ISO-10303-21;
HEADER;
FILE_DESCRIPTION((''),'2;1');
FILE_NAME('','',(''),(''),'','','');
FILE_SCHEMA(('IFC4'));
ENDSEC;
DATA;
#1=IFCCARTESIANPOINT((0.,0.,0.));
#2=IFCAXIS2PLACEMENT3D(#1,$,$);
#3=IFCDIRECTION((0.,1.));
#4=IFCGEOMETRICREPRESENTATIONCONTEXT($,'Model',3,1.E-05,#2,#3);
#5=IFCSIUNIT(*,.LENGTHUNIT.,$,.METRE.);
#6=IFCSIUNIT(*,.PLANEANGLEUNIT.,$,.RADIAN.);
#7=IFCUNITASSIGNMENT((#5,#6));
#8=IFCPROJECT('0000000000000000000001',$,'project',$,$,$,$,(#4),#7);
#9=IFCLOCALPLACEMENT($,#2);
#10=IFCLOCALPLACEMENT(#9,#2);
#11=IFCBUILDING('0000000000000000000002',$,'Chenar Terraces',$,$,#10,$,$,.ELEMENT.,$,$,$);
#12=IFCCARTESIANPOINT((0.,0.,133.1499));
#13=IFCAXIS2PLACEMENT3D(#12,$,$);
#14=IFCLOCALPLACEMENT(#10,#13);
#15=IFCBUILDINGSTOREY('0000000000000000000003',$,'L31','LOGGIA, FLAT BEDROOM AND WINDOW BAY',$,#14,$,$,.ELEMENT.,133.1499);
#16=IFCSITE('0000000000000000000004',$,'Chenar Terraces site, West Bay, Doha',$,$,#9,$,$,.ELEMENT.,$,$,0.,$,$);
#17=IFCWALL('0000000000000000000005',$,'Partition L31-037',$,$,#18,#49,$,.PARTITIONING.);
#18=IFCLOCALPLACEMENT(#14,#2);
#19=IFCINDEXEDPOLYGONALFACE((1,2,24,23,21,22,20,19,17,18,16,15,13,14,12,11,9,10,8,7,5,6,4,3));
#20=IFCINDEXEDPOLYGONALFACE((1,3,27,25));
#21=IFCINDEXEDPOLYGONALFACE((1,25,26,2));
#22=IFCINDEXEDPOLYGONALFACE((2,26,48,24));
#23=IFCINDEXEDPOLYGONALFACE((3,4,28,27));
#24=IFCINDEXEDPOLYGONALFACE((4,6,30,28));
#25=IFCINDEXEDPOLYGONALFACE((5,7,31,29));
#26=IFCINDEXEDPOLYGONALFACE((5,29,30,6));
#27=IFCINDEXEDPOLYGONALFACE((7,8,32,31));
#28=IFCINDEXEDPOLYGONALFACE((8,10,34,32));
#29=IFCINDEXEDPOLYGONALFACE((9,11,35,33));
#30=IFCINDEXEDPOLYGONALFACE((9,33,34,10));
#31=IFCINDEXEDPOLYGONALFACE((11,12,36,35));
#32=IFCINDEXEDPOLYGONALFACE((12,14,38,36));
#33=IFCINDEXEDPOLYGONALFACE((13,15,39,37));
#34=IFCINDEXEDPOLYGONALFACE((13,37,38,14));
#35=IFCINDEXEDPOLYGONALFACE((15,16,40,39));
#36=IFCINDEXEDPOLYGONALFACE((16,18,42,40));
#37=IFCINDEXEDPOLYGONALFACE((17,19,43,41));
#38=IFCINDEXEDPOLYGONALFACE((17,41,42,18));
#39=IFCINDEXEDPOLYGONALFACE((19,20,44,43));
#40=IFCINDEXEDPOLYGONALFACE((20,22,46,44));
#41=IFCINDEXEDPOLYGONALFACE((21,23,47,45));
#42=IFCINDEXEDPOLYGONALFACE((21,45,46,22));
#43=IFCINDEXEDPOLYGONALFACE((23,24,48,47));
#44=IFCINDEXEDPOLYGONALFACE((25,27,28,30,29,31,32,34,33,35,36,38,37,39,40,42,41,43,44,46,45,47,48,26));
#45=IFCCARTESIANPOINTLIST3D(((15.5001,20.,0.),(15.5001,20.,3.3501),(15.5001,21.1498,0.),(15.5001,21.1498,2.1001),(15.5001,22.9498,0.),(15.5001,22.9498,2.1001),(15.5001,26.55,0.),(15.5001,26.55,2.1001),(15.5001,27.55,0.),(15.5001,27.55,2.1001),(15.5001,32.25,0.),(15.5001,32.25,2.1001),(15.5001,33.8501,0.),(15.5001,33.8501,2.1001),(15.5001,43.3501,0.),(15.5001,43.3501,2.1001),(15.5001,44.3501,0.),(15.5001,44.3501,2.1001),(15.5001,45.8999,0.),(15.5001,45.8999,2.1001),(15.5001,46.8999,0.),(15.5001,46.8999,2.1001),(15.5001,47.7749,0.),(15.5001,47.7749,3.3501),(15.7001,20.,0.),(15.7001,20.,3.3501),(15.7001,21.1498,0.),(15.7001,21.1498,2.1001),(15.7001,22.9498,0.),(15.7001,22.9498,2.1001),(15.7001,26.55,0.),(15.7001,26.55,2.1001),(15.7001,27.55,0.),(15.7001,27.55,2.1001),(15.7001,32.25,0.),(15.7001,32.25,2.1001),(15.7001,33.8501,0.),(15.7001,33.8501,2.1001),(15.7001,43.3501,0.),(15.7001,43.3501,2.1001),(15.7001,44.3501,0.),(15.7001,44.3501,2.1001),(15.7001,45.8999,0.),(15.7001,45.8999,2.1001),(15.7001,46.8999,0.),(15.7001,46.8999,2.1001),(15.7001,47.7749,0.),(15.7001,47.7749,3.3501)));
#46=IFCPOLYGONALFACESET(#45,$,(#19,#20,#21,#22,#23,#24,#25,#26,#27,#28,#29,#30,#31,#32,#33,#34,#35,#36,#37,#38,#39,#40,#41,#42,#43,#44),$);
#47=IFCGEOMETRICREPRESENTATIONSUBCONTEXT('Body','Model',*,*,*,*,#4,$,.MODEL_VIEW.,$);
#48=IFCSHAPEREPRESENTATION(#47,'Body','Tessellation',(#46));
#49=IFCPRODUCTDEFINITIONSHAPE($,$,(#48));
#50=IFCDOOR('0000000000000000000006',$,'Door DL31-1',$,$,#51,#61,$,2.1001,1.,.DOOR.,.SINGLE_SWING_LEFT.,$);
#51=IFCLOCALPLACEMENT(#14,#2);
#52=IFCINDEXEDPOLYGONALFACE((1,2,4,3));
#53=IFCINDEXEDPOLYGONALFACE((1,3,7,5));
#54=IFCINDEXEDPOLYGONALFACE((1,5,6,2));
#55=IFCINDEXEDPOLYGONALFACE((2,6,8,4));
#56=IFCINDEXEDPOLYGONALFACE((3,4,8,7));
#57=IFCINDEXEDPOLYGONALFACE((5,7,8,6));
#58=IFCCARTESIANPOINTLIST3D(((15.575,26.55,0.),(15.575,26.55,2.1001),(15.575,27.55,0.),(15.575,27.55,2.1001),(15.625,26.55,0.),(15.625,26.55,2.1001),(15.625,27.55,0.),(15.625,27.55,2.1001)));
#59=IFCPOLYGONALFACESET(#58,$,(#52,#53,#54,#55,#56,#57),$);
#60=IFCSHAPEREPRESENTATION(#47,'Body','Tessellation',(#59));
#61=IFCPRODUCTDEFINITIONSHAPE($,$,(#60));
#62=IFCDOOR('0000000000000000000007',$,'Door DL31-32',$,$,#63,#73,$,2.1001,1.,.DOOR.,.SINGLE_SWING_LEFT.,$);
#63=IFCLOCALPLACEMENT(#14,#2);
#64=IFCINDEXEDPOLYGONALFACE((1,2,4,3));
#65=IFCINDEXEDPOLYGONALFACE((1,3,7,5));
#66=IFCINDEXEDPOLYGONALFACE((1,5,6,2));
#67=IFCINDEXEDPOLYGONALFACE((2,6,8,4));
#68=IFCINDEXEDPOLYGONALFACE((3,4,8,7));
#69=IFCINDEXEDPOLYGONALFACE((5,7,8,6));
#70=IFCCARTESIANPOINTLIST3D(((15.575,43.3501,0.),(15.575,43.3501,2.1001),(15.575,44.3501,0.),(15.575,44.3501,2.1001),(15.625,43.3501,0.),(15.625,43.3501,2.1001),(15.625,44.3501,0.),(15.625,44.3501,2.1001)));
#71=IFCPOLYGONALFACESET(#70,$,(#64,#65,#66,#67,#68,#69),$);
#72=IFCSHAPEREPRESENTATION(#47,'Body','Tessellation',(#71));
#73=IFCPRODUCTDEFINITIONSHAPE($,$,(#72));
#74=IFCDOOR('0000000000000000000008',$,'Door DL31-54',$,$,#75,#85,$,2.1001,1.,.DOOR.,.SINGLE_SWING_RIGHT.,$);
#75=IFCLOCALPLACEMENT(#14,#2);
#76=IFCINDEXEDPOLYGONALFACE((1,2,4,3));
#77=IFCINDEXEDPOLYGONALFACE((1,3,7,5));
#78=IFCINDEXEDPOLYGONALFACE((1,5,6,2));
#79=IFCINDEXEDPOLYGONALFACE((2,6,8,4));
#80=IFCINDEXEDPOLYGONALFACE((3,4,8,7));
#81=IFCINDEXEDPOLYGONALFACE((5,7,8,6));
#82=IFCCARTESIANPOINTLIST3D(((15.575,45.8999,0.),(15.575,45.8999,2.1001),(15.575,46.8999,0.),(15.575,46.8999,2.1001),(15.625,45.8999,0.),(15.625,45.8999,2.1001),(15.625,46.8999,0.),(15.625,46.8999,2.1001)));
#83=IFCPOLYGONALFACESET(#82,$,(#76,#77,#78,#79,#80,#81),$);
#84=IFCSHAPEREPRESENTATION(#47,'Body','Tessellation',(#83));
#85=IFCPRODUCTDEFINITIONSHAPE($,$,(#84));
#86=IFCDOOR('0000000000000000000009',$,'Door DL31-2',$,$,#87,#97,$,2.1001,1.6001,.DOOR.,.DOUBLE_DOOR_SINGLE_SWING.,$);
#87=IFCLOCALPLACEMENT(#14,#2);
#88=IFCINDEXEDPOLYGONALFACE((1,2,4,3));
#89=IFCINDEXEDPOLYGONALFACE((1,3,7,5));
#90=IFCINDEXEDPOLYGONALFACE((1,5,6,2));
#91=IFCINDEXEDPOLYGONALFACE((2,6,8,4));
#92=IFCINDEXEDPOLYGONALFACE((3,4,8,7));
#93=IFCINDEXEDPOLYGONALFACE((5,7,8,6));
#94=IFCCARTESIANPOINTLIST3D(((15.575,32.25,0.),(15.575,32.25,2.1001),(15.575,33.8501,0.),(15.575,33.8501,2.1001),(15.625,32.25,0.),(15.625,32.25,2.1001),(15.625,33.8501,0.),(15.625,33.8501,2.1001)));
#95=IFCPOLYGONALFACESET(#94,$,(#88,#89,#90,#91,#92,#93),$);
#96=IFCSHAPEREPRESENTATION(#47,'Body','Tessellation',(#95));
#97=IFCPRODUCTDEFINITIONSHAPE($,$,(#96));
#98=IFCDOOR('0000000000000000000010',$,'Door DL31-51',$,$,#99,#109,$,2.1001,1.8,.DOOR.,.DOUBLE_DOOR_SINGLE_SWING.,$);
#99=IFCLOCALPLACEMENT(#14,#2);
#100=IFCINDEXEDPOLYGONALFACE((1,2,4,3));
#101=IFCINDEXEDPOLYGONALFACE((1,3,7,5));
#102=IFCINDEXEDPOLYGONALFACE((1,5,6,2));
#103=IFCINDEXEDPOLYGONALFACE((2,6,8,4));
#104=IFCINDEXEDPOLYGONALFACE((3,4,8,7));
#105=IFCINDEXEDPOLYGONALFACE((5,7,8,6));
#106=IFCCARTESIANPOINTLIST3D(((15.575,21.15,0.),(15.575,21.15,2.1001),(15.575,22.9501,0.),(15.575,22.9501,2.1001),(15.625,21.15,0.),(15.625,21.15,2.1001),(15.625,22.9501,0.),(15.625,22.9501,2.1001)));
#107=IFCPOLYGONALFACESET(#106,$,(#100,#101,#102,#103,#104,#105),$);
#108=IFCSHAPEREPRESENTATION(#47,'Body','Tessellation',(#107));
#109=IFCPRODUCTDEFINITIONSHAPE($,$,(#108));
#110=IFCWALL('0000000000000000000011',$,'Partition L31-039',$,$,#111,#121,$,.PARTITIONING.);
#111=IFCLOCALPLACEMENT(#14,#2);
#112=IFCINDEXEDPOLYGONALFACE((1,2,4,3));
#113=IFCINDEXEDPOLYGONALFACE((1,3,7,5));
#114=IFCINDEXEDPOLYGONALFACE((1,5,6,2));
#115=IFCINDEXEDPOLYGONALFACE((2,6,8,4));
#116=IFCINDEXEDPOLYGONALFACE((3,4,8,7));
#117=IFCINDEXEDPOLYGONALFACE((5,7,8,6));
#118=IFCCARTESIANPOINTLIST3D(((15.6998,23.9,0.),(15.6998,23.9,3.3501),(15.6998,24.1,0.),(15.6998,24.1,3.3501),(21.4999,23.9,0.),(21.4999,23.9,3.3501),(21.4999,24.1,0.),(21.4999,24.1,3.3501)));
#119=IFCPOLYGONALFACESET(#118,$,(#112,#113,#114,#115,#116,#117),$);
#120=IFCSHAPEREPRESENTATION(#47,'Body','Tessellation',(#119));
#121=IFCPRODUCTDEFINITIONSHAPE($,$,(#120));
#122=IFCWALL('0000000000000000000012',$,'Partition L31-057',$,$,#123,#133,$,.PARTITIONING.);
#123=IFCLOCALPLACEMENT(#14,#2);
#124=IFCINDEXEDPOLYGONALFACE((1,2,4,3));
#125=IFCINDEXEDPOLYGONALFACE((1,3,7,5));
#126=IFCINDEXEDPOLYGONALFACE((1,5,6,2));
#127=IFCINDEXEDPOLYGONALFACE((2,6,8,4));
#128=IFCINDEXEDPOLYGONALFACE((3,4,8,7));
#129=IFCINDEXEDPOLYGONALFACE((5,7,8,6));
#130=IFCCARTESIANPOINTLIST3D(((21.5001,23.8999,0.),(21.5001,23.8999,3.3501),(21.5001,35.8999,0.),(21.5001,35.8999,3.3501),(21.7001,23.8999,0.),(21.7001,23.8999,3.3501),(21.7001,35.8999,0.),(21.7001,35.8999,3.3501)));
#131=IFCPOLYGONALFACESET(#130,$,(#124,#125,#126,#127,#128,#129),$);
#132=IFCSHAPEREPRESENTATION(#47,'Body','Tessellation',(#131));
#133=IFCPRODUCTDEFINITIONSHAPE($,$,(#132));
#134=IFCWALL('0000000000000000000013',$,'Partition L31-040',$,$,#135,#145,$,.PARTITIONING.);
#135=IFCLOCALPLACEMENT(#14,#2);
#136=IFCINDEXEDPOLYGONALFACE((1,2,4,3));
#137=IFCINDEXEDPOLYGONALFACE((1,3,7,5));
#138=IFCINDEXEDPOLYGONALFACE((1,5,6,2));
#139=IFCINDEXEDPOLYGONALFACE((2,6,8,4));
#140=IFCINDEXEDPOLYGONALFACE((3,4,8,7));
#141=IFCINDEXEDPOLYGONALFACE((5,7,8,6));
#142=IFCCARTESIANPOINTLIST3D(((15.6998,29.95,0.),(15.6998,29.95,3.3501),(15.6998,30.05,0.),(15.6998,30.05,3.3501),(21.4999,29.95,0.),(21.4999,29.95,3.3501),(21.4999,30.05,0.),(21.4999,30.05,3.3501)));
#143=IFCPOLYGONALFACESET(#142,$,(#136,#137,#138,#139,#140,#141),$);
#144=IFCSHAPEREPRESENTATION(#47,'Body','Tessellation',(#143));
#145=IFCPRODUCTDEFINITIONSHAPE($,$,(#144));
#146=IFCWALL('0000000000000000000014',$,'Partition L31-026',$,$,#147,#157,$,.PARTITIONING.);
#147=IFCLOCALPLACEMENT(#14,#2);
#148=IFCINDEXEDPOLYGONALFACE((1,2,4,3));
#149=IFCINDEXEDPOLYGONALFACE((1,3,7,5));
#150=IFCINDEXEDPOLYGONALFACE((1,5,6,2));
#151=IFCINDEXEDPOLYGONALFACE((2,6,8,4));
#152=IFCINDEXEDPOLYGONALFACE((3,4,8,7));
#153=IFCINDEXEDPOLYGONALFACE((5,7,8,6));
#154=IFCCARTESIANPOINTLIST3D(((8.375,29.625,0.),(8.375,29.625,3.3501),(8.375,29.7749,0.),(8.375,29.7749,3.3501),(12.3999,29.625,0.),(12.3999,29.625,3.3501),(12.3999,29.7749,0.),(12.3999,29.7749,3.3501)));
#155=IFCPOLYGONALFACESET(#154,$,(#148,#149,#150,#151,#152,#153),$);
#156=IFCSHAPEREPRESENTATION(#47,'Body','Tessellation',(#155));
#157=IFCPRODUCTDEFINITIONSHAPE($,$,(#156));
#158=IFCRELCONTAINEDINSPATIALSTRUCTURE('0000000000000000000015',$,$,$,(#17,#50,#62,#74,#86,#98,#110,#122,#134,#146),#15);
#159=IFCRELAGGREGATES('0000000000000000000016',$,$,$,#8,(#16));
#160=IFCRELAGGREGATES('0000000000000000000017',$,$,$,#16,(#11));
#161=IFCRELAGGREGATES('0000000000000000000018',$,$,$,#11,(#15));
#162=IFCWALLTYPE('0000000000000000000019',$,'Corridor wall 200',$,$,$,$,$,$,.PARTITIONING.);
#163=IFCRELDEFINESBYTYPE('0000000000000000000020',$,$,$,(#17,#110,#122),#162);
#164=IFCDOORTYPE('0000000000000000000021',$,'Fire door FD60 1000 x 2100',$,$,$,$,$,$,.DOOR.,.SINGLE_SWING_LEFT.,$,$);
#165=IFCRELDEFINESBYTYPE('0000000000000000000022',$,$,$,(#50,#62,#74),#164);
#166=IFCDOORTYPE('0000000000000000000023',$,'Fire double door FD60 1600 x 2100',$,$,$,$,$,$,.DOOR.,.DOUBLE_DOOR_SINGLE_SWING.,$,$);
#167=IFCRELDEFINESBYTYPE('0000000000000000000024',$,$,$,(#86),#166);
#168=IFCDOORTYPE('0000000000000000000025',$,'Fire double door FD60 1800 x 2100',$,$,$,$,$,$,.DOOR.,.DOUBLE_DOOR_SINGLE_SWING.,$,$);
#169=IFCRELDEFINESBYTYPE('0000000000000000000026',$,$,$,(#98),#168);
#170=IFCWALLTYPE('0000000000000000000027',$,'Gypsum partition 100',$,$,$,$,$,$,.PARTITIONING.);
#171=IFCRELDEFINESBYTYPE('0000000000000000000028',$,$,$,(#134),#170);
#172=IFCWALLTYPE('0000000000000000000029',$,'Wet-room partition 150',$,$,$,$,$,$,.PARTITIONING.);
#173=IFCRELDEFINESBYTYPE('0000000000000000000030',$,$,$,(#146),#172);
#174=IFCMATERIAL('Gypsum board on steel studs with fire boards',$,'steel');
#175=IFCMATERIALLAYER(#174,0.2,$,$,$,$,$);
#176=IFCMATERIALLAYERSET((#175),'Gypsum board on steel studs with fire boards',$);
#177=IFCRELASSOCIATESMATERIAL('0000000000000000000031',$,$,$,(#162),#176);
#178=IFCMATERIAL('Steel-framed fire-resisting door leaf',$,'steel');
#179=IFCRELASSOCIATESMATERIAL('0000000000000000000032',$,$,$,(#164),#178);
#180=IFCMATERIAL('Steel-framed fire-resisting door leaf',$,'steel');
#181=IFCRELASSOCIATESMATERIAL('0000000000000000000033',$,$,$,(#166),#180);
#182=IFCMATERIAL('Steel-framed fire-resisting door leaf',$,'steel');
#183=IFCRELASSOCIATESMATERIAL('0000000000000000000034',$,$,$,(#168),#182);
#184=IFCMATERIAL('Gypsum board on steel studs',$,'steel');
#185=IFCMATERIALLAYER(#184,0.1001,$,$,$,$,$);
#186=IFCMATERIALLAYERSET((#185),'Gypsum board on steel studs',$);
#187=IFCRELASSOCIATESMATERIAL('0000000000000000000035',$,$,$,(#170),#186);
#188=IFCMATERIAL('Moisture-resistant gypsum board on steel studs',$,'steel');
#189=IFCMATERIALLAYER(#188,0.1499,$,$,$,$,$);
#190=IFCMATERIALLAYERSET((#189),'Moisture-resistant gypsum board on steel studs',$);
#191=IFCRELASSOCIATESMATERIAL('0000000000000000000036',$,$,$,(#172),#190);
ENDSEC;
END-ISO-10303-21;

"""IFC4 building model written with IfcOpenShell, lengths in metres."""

from ifc_helpers import new_model, si_unit, direction, frame, frame_2d, origin, place, context, subcontext, project, spatial, rectangle, extrude, material, layer, layer_set, type_object, element, fill, save


model = new_model("IFC4")

# Units and contexts
model_context = context("Model", 3, precision=1e-05, world=origin(), true_north=direction((0.0, 1.0)))
body_context = subcontext(model_context, "Body", "Model", "MODEL_VIEW")
ifc_project = project(units=[si_unit("LENGTHUNIT", "METRE"), si_unit("PLANEANGLEUNIT", "RADIAN")], contexts=[model_context])

# Site, building, storey
site_placement = place(None, origin())
site = spatial("IfcSite", under=ifc_project, at=site_placement, Name="Chenar Terraces site, West Bay, Doha", CompositionType="ELEMENT", RefElevation=0.0)
building_placement = place(site_placement, origin())
building = spatial("IfcBuilding", under=site, at=building_placement, Name="Chenar Terraces", CompositionType="ELEMENT")
storey_placement = place(building_placement, frame((0.0, 0.0, 133.1499)))
storey = spatial("IfcBuildingStorey", under=building, at=storey_placement, Name="L31", Description="LOGGIA, FLAT BEDROOM AND WINDOW BAY", CompositionType="ELEMENT", Elevation=133.1499)

# Wall, openings, doors
ifc_material_1 = material(Name="Gypsum board on steel studs with fire boards", Category="steel")
ifc_layer_1 = layer(ifc_material_1, 0.2)
ifc_layer_set_1 = layer_set([ifc_layer_1], Name="Gypsum board on steel studs with fire boards")
wall_type_1 = type_object("IfcWallType", Name="Corridor wall 200", PredefinedType="PARTITIONING", material=ifc_layer_set_1)
wall_1_placement = place(storey_placement, frame((15.6001, 20.0, 0.0), z_axis=(0.0, 0.0, 1.0), x_axis=(0.0, 1.0, 0.0)))
wall_1 = element("IfcWall", 1, at=wall_1_placement, inside=storey, type_object=wall_type_1, Name="Partition L31-037", PredefinedType="PARTITIONING", context=body_context, shape_type="SweptSolid", body=[
    extrude(rectangle(XDim=27.7749, YDim=0.2, at=frame_2d((13.8875, 0.0))), origin(), (0.0, 0.0, 1.0), 3.3501),
])
opening_1_placement = place(wall_1_placement, frame((6.55, 0.0, 0.0)))
opening_1 = element("IfcOpeningElement", 2, at=opening_1_placement, cuts=wall_1, PredefinedType="OPENING", context=body_context, shape_type="SweptSolid", body=[
    extrude(rectangle(XDim=1.0, YDim=2.1001, at=frame_2d((0.5, 1.05))), frame((0.0, 0.1099, 0.0), z_axis=(0.0, -1.0, 0.0), x_axis=(1.0, 0.0, 0.0)), (0.0, 0.0, 1.0), 0.22),
])
opening_2_placement = place(wall_1_placement, frame((12.25, 0.0, 0.0)))
opening_2 = element("IfcOpeningElement", 3, at=opening_2_placement, cuts=wall_1, PredefinedType="OPENING", context=body_context, shape_type="SweptSolid", body=[
    extrude(rectangle(XDim=1.6001, YDim=2.1001, at=frame_2d((0.8, 1.05))), frame((0.0, 0.1099, 0.0), z_axis=(0.0, -1.0, 0.0), x_axis=(1.0, 0.0, 0.0)), (0.0, 0.0, 1.0), 0.22),
])
opening_3_placement = place(wall_1_placement, frame((23.3501, 0.0, 0.0)))
opening_3 = element("IfcOpeningElement", 4, at=opening_3_placement, cuts=wall_1, PredefinedType="OPENING", context=body_context, shape_type="SweptSolid", body=[
    extrude(rectangle(XDim=1.0, YDim=2.1001, at=frame_2d((0.5, 1.05))), frame((0.0, 0.1099, 0.0), z_axis=(0.0, -1.0, 0.0), x_axis=(1.0, 0.0, 0.0)), (0.0, 0.0, 1.0), 0.22),
])
opening_4_placement = place(wall_1_placement, frame((1.1499, 0.0, 0.0)))
opening_4 = element("IfcOpeningElement", 5, at=opening_4_placement, cuts=wall_1, PredefinedType="OPENING", context=body_context, shape_type="SweptSolid", body=[
    extrude(rectangle(XDim=1.8, YDim=2.1001, at=frame_2d((0.8999, 1.05))), frame((0.0, 0.1099, 0.0), z_axis=(0.0, -1.0, 0.0), x_axis=(1.0, 0.0, 0.0)), (0.0, 0.0, 1.0), 0.22),
])
opening_5_placement = place(wall_1_placement, frame((25.8999, 0.0, 0.0)))
opening_5 = element("IfcOpeningElement", 6, at=opening_5_placement, cuts=wall_1, PredefinedType="OPENING", context=body_context, shape_type="SweptSolid", body=[
    extrude(rectangle(XDim=1.0, YDim=2.1001, at=frame_2d((0.5, 1.05))), frame((0.0, 0.1099, 0.0), z_axis=(0.0, -1.0, 0.0), x_axis=(1.0, 0.0, 0.0)), (0.0, 0.0, 1.0), 0.22),
])
ifc_material_2 = material(Name="Steel-framed fire-resisting door leaf", Category="steel")
door_type_1 = type_object("IfcDoorType", Name="Fire door FD60 1000 x 2100", OperationType="SINGLE_SWING_LEFT", PredefinedType="DOOR", material=ifc_material_2)
door_1_placement = place(opening_1_placement, frame((1.0, 0.0, 0.0), z_axis=(0.0, 0.0, 1.0), x_axis=(-1.0, 0.0, 0.0)))
door_1 = element("IfcDoor", 7, at=door_1_placement, inside=storey, type_object=door_type_1, Name="Door DL31-1", OperationType="SINGLE_SWING_LEFT", OverallHeight=2.1001, OverallWidth=1.0, PredefinedType="DOOR", context=body_context, shape_type="SweptSolid", body=[
    extrude(rectangle(XDim=1.0, YDim=2.1001, at=frame_2d((0.5, 1.05))), frame((0.0, 0.0249, 0.0), z_axis=(0.0, -1.0, 0.0), x_axis=(1.0, 0.0, 0.0)), (0.0, 0.0, 1.0), 0.05),
])
fill(opening_1, door_1)
door_2_placement = place(opening_3_placement, frame((1.0, 0.0, 0.0), z_axis=(0.0, 0.0, 1.0), x_axis=(-1.0, 0.0, 0.0)))
door_2 = element("IfcDoor", 8, at=door_2_placement, inside=storey, type_object=door_type_1, Name="Door DL31-32", OperationType="SINGLE_SWING_LEFT", OverallHeight=2.1001, OverallWidth=1.0, PredefinedType="DOOR", context=body_context, shape_type="SweptSolid", body=[
    extrude(rectangle(XDim=1.0, YDim=2.1001, at=frame_2d((0.5, 1.05))), frame((0.0, 0.0249, 0.0), z_axis=(0.0, -1.0, 0.0), x_axis=(1.0, 0.0, 0.0)), (0.0, 0.0, 1.0), 0.05),
])
fill(opening_3, door_2)
door_3_placement = place(opening_5_placement, frame((1.0, 0.0, 0.0), z_axis=(0.0, 0.0, 1.0), x_axis=(-1.0, 0.0, 0.0)))
door_3 = element("IfcDoor", 9, at=door_3_placement, inside=storey, type_object=door_type_1, Name="Door DL31-54", OperationType="SINGLE_SWING_RIGHT", OverallHeight=2.1001, OverallWidth=1.0, PredefinedType="DOOR", context=body_context, shape_type="SweptSolid", body=[
    extrude(rectangle(XDim=1.0, YDim=2.1001, at=frame_2d((0.5, 1.05))), frame((0.0, 0.0249, 0.0), z_axis=(0.0, -1.0, 0.0), x_axis=(1.0, 0.0, 0.0)), (0.0, 0.0, 1.0), 0.05),
])
fill(opening_5, door_3)
ifc_material_3 = material(Name="Steel-framed fire-resisting door leaf", Category="steel")
door_type_2 = type_object("IfcDoorType", Name="Fire double door FD60 1600 x 2100", OperationType="DOUBLE_DOOR_SINGLE_SWING", PredefinedType="DOOR", material=ifc_material_3)
door_4_placement = place(opening_2_placement, frame((1.6001, 0.0, 0.0), z_axis=(0.0, 0.0, 1.0), x_axis=(-1.0, 0.0, 0.0)))
door_4 = element("IfcDoor", 10, at=door_4_placement, inside=storey, type_object=door_type_2, Name="Door DL31-2", OperationType="DOUBLE_DOOR_SINGLE_SWING", OverallHeight=2.1001, OverallWidth=1.6001, PredefinedType="DOOR", context=body_context, shape_type="SweptSolid", body=[
    extrude(rectangle(XDim=1.6001, YDim=2.1001, at=frame_2d((0.8, 1.05))), frame((0.0, 0.0249, 0.0), z_axis=(0.0, -1.0, 0.0), x_axis=(1.0, 0.0, 0.0)), (0.0, 0.0, 1.0), 0.05),
])
fill(opening_2, door_4)
ifc_material_4 = material(Name="Steel-framed fire-resisting door leaf", Category="steel")
door_type_3 = type_object("IfcDoorType", Name="Fire double door FD60 1800 x 2100", OperationType="DOUBLE_DOOR_SINGLE_SWING", PredefinedType="DOOR", material=ifc_material_4)
door_5_placement = place(opening_4_placement, frame((1.8, 0.0, 0.0), z_axis=(0.0, 0.0, 1.0), x_axis=(-1.0, 0.0, 0.0)))
door_5 = element("IfcDoor", 11, at=door_5_placement, inside=storey, type_object=door_type_3, Name="Door DL31-51", OperationType="DOUBLE_DOOR_SINGLE_SWING", OverallHeight=2.1001, OverallWidth=1.8, PredefinedType="DOOR", context=body_context, shape_type="SweptSolid", body=[
    extrude(rectangle(XDim=1.8, YDim=2.1001, at=frame_2d((0.8999, 1.05))), frame((0.0, 0.0249, 0.0), z_axis=(0.0, -1.0, 0.0), x_axis=(1.0, 0.0, 0.0)), (0.0, 0.0, 1.0), 0.05),
])
fill(opening_4, door_5)

# Walls
wall_2_placement = place(storey_placement, frame((15.7, 24.0, 0.0), z_axis=(0.0, 0.0, 1.0), x_axis=(1.0, 0.0, 0.0)))
element("IfcWall", 12, at=wall_2_placement, inside=storey, type_object=wall_type_1, Name="Partition L31-039", PredefinedType="PARTITIONING", context=body_context, shape_type="SweptSolid", body=[
    extrude(rectangle(XDim=5.8, YDim=0.2, at=frame_2d((2.8999, 0.0))), origin(), (0.0, 0.0, 1.0), 3.3501),
])
wall_3_placement = place(storey_placement, frame((21.6001, 23.8999, 0.0), z_axis=(0.0, 0.0, 1.0), x_axis=(0.0, 1.0, 0.0)))
element("IfcWall", 13, at=wall_3_placement, inside=storey, type_object=wall_type_1, Name="Partition L31-057", PredefinedType="PARTITIONING", context=body_context, shape_type="SweptSolid", body=[
    extrude(rectangle(XDim=12.0, YDim=0.2, at=frame_2d((6.0, 0.0))), origin(), (0.0, 0.0, 1.0), 3.3501),
])
ifc_material_5 = material(Name="Gypsum board on steel studs", Category="steel")
ifc_layer_2 = layer(ifc_material_5, 0.1001)
ifc_layer_set_2 = layer_set([ifc_layer_2], Name="Gypsum board on steel studs")
wall_type_2 = type_object("IfcWallType", Name="Gypsum partition 100", PredefinedType="PARTITIONING", material=ifc_layer_set_2)
wall_4_placement = place(storey_placement, frame((15.7, 30.0, 0.0), z_axis=(0.0, 0.0, 1.0), x_axis=(1.0, 0.0, 0.0)))
element("IfcWall", 14, at=wall_4_placement, inside=storey, type_object=wall_type_2, Name="Partition L31-040", PredefinedType="PARTITIONING", context=body_context, shape_type="SweptSolid", body=[
    extrude(rectangle(XDim=5.8, YDim=0.1001, at=frame_2d((2.8999, 0.0))), origin(), (0.0, 0.0, 1.0), 3.3501),
])
ifc_material_6 = material(Name="Moisture-resistant gypsum board on steel studs", Category="steel")
ifc_layer_3 = layer(ifc_material_6, 0.1499)
ifc_layer_set_3 = layer_set([ifc_layer_3], Name="Moisture-resistant gypsum board on steel studs")
wall_type_3 = type_object("IfcWallType", Name="Wet-room partition 150", PredefinedType="PARTITIONING", material=ifc_layer_set_3)
for number, where, z_axis, x_axis, name in (
    (15, (8.375, 29.7, 0.0), (0.0, 0.0, 1.0), (1.0, 0.0, 0.0), "Partition L31-026"),
):
    element("IfcWall", number, at=place(storey_placement, frame(where, z_axis=z_axis, x_axis=x_axis)), inside=storey, type_object=wall_type_3, Name=name, PredefinedType="PARTITIONING", context=body_context, shape_type="SweptSolid", body=[
        extrude(rectangle(XDim=4.0249, YDim=0.1499, at=frame_2d((2.0125, 0.0))), origin(), (0.0, 0.0, 1.0), 3.3501),
    ])

save(model, "model.ifc")
